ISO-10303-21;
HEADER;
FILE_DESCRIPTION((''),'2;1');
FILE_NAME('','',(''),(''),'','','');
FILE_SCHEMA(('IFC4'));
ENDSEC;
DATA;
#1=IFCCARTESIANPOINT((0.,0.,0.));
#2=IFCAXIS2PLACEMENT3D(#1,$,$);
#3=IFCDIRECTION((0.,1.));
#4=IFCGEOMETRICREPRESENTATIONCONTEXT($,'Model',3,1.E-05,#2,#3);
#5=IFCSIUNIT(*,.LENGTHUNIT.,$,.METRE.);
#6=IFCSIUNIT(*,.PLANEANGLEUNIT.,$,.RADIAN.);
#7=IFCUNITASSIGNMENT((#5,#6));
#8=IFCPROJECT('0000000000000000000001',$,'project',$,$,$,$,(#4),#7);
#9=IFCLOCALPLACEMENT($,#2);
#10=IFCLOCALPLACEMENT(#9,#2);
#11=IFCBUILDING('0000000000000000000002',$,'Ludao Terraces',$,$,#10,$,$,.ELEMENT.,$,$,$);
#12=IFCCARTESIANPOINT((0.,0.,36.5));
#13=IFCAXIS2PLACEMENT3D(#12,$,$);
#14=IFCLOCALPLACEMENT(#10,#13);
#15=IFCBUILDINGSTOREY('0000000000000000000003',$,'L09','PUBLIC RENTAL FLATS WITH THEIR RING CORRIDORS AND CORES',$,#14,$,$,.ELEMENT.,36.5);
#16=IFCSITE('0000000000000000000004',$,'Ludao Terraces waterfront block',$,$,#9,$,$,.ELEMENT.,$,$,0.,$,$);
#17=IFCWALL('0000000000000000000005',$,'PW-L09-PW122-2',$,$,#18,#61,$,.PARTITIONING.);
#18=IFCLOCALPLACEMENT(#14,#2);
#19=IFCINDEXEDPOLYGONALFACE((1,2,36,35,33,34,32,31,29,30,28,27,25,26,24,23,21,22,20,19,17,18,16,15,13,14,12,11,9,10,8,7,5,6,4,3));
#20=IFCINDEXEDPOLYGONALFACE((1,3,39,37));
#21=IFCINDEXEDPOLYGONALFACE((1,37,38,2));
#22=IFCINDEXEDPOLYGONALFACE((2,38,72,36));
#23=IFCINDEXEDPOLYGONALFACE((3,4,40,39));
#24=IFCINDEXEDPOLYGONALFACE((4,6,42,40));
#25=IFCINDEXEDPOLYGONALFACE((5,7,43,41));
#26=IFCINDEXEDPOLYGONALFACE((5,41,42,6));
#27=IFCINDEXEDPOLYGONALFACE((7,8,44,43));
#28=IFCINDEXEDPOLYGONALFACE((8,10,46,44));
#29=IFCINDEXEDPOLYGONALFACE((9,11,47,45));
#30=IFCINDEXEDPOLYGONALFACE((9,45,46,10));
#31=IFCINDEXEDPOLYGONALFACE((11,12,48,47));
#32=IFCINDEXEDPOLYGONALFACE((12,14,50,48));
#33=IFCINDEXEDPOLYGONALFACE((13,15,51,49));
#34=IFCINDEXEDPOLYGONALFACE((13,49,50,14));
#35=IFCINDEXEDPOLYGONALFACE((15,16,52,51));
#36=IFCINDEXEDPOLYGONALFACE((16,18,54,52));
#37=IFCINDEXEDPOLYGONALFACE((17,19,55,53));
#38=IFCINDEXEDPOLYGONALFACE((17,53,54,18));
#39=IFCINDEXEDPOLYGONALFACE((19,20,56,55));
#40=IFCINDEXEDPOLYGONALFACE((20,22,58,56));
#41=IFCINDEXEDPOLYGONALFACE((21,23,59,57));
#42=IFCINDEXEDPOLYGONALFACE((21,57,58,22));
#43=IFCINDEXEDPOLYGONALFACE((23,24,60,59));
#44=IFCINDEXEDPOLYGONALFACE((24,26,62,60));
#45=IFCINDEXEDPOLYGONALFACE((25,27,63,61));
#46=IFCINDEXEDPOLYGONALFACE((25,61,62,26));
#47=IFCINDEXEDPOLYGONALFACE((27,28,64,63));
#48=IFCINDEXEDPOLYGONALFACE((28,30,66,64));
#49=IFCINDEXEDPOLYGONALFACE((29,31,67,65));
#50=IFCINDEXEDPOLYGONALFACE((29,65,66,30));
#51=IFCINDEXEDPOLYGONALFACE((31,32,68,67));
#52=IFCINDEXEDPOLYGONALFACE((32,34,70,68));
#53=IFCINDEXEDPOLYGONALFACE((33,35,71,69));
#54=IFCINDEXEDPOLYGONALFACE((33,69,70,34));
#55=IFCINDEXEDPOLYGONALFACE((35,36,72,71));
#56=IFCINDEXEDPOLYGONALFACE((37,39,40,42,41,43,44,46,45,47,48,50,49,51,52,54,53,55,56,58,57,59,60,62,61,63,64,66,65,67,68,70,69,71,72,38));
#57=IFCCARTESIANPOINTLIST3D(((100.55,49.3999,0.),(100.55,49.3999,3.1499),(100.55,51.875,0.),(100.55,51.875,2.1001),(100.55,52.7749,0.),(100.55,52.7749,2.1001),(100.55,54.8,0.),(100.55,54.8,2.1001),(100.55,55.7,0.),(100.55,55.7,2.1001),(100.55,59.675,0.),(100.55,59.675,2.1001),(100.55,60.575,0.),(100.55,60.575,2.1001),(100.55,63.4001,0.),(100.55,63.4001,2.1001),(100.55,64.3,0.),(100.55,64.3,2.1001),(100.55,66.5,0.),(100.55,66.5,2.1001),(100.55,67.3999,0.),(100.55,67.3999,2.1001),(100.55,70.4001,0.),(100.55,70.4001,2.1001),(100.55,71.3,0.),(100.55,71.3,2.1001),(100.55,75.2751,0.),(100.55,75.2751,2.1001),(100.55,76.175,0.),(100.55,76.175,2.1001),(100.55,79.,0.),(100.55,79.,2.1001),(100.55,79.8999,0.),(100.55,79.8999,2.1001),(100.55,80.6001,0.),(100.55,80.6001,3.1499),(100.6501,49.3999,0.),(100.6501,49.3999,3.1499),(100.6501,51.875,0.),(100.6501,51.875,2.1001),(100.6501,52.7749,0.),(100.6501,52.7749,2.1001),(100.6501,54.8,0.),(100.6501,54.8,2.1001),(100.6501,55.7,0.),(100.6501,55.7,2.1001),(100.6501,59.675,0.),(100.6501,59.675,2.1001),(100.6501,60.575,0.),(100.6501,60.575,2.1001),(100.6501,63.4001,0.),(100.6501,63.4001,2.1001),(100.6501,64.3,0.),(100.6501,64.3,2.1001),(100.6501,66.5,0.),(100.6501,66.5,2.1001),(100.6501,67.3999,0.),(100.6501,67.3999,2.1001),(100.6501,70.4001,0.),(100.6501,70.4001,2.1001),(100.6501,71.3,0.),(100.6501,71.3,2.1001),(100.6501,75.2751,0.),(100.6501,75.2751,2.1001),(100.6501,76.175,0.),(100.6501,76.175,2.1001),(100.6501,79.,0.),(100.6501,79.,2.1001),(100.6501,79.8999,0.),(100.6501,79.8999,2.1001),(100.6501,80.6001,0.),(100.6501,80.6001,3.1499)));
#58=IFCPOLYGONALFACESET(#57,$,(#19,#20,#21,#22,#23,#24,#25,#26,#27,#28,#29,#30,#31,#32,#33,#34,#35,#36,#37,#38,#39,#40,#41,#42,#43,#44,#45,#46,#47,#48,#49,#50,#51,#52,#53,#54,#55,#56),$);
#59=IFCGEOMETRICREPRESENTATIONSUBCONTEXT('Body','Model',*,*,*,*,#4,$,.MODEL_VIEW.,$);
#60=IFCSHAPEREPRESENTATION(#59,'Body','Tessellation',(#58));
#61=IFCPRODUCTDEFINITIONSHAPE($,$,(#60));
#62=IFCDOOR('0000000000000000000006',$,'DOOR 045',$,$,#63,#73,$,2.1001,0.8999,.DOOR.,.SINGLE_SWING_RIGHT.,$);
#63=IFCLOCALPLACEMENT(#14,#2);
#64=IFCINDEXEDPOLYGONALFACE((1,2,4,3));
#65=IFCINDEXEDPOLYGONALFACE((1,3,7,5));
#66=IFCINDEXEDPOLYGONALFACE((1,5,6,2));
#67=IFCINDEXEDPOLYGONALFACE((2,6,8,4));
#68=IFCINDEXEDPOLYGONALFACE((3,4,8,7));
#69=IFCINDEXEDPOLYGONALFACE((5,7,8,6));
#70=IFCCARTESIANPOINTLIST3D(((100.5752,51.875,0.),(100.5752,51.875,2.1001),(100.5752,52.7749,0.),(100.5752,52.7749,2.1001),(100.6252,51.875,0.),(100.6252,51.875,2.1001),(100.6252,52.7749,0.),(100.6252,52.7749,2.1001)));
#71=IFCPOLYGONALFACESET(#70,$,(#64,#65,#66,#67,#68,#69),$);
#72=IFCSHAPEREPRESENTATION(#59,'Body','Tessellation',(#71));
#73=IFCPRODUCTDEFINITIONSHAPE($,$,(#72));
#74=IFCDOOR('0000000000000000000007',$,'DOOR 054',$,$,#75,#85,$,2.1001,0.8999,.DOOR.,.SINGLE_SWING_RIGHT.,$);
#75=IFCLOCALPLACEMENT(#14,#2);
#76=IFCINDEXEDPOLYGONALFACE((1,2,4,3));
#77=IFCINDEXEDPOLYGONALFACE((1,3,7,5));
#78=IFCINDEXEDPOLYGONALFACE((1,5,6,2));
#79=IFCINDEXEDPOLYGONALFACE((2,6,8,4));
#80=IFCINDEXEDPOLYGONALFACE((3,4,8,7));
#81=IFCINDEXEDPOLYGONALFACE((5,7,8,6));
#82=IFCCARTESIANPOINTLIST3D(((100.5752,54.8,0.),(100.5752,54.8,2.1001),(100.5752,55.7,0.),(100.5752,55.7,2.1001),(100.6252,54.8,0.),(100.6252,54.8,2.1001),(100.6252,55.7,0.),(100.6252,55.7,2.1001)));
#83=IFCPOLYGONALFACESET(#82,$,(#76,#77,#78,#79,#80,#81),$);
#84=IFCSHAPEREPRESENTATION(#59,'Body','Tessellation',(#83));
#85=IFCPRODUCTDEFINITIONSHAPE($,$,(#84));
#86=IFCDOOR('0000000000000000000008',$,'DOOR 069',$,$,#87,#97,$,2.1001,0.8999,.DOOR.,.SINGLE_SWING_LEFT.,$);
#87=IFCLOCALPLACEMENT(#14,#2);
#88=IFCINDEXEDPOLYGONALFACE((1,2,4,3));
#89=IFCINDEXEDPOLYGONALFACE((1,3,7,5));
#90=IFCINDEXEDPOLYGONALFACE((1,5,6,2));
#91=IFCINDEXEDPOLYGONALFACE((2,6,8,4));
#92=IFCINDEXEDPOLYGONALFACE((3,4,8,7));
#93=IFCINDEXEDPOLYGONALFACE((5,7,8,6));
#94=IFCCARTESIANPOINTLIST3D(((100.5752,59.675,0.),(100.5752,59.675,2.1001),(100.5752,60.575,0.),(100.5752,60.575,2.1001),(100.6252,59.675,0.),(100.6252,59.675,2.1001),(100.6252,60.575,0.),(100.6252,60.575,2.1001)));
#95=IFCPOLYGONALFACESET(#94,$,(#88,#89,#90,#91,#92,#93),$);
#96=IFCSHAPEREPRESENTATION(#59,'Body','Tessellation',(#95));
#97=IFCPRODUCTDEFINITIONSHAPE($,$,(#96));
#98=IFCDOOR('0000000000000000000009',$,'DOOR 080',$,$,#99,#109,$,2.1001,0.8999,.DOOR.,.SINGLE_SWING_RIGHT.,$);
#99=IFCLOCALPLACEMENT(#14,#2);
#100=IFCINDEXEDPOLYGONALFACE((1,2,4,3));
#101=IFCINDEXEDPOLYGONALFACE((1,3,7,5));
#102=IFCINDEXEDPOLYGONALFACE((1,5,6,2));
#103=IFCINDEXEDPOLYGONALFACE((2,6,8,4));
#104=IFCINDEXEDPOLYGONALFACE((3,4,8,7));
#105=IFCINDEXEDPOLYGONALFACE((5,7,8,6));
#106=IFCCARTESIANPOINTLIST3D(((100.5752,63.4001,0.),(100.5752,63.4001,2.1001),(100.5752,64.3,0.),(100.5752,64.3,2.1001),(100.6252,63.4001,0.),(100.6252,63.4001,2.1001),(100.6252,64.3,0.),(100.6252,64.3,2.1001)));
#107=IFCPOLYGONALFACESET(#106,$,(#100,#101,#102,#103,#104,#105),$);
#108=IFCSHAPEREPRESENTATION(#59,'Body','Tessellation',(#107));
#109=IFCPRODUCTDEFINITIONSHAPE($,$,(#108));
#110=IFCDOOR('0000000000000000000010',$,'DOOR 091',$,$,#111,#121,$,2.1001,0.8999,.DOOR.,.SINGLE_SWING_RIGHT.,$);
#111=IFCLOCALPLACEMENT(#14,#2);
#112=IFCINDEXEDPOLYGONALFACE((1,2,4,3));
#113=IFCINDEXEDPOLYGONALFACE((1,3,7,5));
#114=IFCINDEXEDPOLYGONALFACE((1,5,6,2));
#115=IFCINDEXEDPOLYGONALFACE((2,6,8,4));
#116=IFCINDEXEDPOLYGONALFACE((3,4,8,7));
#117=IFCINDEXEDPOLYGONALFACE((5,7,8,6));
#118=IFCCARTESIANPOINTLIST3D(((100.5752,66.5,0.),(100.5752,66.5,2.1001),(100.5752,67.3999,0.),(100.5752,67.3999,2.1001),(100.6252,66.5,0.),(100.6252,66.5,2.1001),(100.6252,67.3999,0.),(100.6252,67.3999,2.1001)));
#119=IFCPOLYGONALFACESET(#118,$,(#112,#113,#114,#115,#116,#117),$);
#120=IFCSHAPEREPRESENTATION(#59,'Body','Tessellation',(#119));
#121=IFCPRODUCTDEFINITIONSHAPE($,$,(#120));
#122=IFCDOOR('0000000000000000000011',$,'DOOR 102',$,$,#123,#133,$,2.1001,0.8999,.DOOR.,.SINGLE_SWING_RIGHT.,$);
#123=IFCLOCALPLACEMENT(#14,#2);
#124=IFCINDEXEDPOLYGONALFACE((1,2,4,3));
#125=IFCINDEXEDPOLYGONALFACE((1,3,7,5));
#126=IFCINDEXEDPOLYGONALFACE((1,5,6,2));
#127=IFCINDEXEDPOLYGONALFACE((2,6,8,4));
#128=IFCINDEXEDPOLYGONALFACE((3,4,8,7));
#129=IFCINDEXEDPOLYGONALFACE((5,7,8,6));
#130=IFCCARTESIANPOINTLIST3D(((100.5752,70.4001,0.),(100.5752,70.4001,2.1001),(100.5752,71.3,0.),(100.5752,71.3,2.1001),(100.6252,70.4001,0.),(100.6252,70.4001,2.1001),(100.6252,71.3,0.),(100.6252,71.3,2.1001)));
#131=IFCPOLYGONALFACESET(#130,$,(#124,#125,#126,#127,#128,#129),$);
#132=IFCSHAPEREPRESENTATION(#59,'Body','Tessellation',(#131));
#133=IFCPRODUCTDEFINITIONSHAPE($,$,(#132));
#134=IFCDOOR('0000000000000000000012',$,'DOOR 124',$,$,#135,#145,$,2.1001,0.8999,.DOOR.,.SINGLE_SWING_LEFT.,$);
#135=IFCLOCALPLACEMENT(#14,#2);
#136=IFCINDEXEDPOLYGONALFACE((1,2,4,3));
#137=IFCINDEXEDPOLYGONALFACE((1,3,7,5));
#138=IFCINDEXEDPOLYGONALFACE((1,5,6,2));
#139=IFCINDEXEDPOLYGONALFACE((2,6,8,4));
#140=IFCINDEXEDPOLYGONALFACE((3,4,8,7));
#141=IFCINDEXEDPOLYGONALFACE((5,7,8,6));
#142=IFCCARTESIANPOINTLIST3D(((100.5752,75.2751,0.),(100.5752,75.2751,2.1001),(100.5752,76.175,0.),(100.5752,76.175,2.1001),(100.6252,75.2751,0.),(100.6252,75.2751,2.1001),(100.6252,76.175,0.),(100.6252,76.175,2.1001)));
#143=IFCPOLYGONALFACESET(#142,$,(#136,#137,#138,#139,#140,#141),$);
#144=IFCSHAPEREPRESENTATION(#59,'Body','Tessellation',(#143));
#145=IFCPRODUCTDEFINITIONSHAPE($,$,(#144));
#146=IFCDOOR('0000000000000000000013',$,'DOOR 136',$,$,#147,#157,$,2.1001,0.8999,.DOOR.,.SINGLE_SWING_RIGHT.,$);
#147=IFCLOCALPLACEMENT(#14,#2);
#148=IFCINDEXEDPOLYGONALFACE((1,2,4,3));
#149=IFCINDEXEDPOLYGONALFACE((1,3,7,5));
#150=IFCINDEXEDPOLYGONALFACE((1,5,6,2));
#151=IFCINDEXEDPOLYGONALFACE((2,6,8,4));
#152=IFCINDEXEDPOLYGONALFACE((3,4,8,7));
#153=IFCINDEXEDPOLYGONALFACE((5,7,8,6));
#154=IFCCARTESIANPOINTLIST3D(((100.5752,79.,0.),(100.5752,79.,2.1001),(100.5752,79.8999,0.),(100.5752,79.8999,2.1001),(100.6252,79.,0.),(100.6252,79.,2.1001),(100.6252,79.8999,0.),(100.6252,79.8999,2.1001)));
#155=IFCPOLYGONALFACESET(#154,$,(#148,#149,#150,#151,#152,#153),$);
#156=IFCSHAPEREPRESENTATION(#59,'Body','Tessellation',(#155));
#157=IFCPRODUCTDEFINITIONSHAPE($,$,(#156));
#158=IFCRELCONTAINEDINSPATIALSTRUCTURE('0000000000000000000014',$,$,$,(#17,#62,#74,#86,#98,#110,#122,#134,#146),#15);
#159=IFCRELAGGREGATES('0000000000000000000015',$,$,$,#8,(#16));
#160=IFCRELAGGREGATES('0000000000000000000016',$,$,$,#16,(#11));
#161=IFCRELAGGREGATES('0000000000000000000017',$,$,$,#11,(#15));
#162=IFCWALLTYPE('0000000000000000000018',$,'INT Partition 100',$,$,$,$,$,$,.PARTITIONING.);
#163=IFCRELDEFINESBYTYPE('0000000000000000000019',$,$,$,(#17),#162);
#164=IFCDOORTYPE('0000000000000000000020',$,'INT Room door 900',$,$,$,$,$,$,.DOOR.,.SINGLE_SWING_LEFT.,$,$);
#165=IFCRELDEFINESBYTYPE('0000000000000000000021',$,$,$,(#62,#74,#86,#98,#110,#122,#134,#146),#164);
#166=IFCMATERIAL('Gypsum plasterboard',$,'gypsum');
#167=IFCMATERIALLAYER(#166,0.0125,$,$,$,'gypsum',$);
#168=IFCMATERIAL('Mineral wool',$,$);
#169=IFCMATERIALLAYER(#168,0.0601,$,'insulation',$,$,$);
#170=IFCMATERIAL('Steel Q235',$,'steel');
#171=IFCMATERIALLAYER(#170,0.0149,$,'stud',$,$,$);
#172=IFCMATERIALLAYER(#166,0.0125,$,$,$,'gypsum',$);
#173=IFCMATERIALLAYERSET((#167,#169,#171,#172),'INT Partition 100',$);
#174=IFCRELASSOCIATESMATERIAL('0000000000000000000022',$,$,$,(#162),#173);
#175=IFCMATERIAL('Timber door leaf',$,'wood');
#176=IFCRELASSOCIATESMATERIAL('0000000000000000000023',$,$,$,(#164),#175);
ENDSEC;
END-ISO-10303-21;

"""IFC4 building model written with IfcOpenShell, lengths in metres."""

from ifc_helpers import new_model, si_unit, direction, frame, frame_2d, origin, place, context, subcontext, project, spatial, rectangle, extrude, material, layer, layer_set, type_object, element, fill, save


model = new_model("IFC4")

# Units and contexts
model_context = context("Model", 3, precision=1e-05, world=origin(), true_north=direction((0.0, 1.0)))
body_context = subcontext(model_context, "Body", "Model", "MODEL_VIEW")
ifc_project = project(units=[si_unit("LENGTHUNIT", "METRE"), si_unit("PLANEANGLEUNIT", "RADIAN")], contexts=[model_context])

# Site, building, storey
site_placement = place(None, origin())
site = spatial("IfcSite", under=ifc_project, at=site_placement, Name="Ludao Terraces waterfront block", CompositionType="ELEMENT", RefElevation=0.0)
building_placement = place(site_placement, origin())
building = spatial("IfcBuilding", under=site, at=building_placement, Name="Ludao Terraces", CompositionType="ELEMENT")
storey_placement = place(building_placement, frame((0.0, 0.0, 36.5)))
storey = spatial("IfcBuildingStorey", under=building, at=storey_placement, Name="L09", Description="PUBLIC RENTAL FLATS WITH THEIR RING CORRIDORS AND CORES", CompositionType="ELEMENT", Elevation=36.5)

# Shared definitions
ifc_material_1 = material(Name="Gypsum plasterboard", Category="gypsum")
ifc_layer_1 = layer(ifc_material_1, 0.0125, Category="gypsum")
ifc_material_2 = material(Name="Mineral wool")
ifc_layer_2 = layer(ifc_material_2, 0.0601, Name="insulation")
ifc_material_3 = material(Name="Steel Q235", Category="steel")
ifc_layer_3 = layer(ifc_material_3, 0.0149, Name="stud")
ifc_layer_4 = layer(ifc_material_1, 0.0125, Category="gypsum")
ifc_layer_set = layer_set([ifc_layer_1, ifc_layer_2, ifc_layer_3, ifc_layer_4], Name="INT Partition 100")
wall_type = type_object("IfcWallType", Name="INT Partition 100", PredefinedType="PARTITIONING", material=ifc_layer_set)

# Wall, openings, doors
ifc_material_4 = material(Name="Timber door leaf", Category="wood")
door_type_1 = type_object("IfcDoorType", Name="INT Room door 900", OperationType="SINGLE_SWING_LEFT", PredefinedType="DOOR", material=ifc_material_4)
wall_1_placement = place(storey_placement, frame((100.6001, 49.3999, 0.0), z_axis=(0.0, 0.0, 1.0), x_axis=(0.0, 1.0, 0.0)))
wall_1 = element("IfcWall", 1, at=wall_1_placement, inside=storey, type_object=wall_type, Name="PW-L09-PW122-2", PredefinedType="PARTITIONING", context=body_context, shape_type="SweptSolid", body=[
    extrude(rectangle(XDim=31.2002, YDim=0.1001, at=frame_2d((15.6001, 0.0))), origin(), (0.0, 0.0, 1.0), 3.1499),
])
opening_1_placement = place(wall_1_placement, frame((2.4751, 0.0, 0.0)))
opening_1 = element("IfcOpeningElement", 2, at=opening_1_placement, cuts=wall_1, PredefinedType="OPENING", context=body_context, shape_type="SweptSolid", body=[
    extrude(rectangle(XDim=0.8999, YDim=2.1001, at=frame_2d((0.45, 1.05))), frame((0.0, 0.0601, 0.0), z_axis=(0.0, -1.0, 0.0), x_axis=(1.0, 0.0, 0.0)), (0.0, 0.0, 1.0), 0.1201),
])
opening_2_placement = place(wall_1_placement, frame((5.4001, 0.0, 0.0)))
opening_2 = element("IfcOpeningElement", 3, at=opening_2_placement, cuts=wall_1, PredefinedType="OPENING", context=body_context, shape_type="SweptSolid", body=[
    extrude(rectangle(XDim=0.8999, YDim=2.1001, at=frame_2d((0.45, 1.05))), frame((0.0, 0.0601, 0.0), z_axis=(0.0, -1.0, 0.0), x_axis=(1.0, 0.0, 0.0)), (0.0, 0.0, 1.0), 0.1201),
])
opening_3_placement = place(wall_1_placement, frame((10.2751, 0.0, 0.0)))
opening_3 = element("IfcOpeningElement", 4, at=opening_3_placement, cuts=wall_1, PredefinedType="OPENING", context=body_context, shape_type="SweptSolid", body=[
    extrude(rectangle(XDim=0.8999, YDim=2.1001, at=frame_2d((0.45, 1.05))), frame((0.0, 0.0601, 0.0), z_axis=(0.0, -1.0, 0.0), x_axis=(1.0, 0.0, 0.0)), (0.0, 0.0, 1.0), 0.1201),
])
opening_4_placement = place(wall_1_placement, frame((14.0002, 0.0, 0.0)))
opening_4 = element("IfcOpeningElement", 5, at=opening_4_placement, cuts=wall_1, PredefinedType="OPENING", context=body_context, shape_type="SweptSolid", body=[
    extrude(rectangle(XDim=0.8999, YDim=2.1001, at=frame_2d((0.45, 1.05))), frame((0.0, 0.0601, 0.0), z_axis=(0.0, -1.0, 0.0), x_axis=(1.0, 0.0, 0.0)), (0.0, 0.0, 1.0), 0.1201),
])
opening_5_placement = place(wall_1_placement, frame((17.1001, 0.0, 0.0)))
opening_5 = element("IfcOpeningElement", 6, at=opening_5_placement, cuts=wall_1, PredefinedType="OPENING", context=body_context, shape_type="SweptSolid", body=[
    extrude(rectangle(XDim=0.8999, YDim=2.1001, at=frame_2d((0.45, 1.05))), frame((0.0, 0.0601, 0.0), z_axis=(0.0, -1.0, 0.0), x_axis=(1.0, 0.0, 0.0)), (0.0, 0.0, 1.0), 0.1201),
])
opening_6_placement = place(wall_1_placement, frame((21.0002, 0.0, 0.0)))
opening_6 = element("IfcOpeningElement", 7, at=opening_6_placement, cuts=wall_1, PredefinedType="OPENING", context=body_context, shape_type="SweptSolid", body=[
    extrude(rectangle(XDim=0.8999, YDim=2.1001, at=frame_2d((0.45, 1.05))), frame((0.0, 0.0601, 0.0), z_axis=(0.0, -1.0, 0.0), x_axis=(1.0, 0.0, 0.0)), (0.0, 0.0, 1.0), 0.1201),
])
opening_7_placement = place(wall_1_placement, frame((25.8752, 0.0, 0.0)))
opening_7 = element("IfcOpeningElement", 8, at=opening_7_placement, cuts=wall_1, PredefinedType="OPENING", context=body_context, shape_type="SweptSolid", body=[
    extrude(rectangle(XDim=0.8999, YDim=2.1001, at=frame_2d((0.45, 1.05))), frame((0.0, 0.0601, 0.0), z_axis=(0.0, -1.0, 0.0), x_axis=(1.0, 0.0, 0.0)), (0.0, 0.0, 1.0), 0.1201),
])
opening_8_placement = place(wall_1_placement, frame((29.6001, 0.0, 0.0)))
opening_8 = element("IfcOpeningElement", 9, at=opening_8_placement, cuts=wall_1, PredefinedType="OPENING", context=body_context, shape_type="SweptSolid", body=[
    extrude(rectangle(XDim=0.8999, YDim=2.1001, at=frame_2d((0.45, 1.05))), frame((0.0, 0.0601, 0.0), z_axis=(0.0, -1.0, 0.0), x_axis=(1.0, 0.0, 0.0)), (0.0, 0.0, 1.0), 0.1201),
])
door_1_placement = place(opening_1_placement, origin())
door_1 = element("IfcDoor", 10, at=door_1_placement, inside=storey, type_object=door_type_1, Name="DOOR 045", OperationType="SINGLE_SWING_RIGHT", OverallHeight=2.1001, OverallWidth=0.8999, PredefinedType="DOOR", context=body_context, shape_type="SweptSolid", body=[
    extrude(rectangle(XDim=0.8999, YDim=2.1001, at=frame_2d((0.45, 1.05))), frame((0.0, 0.0249, 0.0), z_axis=(0.0, -1.0, 0.0), x_axis=(1.0, 0.0, 0.0)), (0.0, 0.0, 1.0), 0.05),
])
fill(opening_1, door_1)
door_2_placement = place(opening_2_placement, origin())
door_2 = element("IfcDoor", 11, at=door_2_placement, inside=storey, type_object=door_type_1, Name="DOOR 054", OperationType="SINGLE_SWING_RIGHT", OverallHeight=2.1001, OverallWidth=0.8999, PredefinedType="DOOR", context=body_context, shape_type="SweptSolid", body=[
    extrude(rectangle(XDim=0.8999, YDim=2.1001, at=frame_2d((0.45, 1.05))), frame((0.0, 0.0249, 0.0), z_axis=(0.0, -1.0, 0.0), x_axis=(1.0, 0.0, 0.0)), (0.0, 0.0, 1.0), 0.05),
])
fill(opening_2, door_2)
door_3_placement = place(opening_3_placement, origin())
door_3 = element("IfcDoor", 12, at=door_3_placement, inside=storey, type_object=door_type_1, Name="DOOR 069", OperationType="SINGLE_SWING_LEFT", OverallHeight=2.1001, OverallWidth=0.8999, PredefinedType="DOOR", context=body_context, shape_type="SweptSolid", body=[
    extrude(rectangle(XDim=0.8999, YDim=2.1001, at=frame_2d((0.45, 1.05))), frame((0.0, 0.0249, 0.0), z_axis=(0.0, -1.0, 0.0), x_axis=(1.0, 0.0, 0.0)), (0.0, 0.0, 1.0), 0.05),
])
fill(opening_3, door_3)
door_4_placement = place(opening_4_placement, origin())
door_4 = element("IfcDoor", 13, at=door_4_placement, inside=storey, type_object=door_type_1, Name="DOOR 080", OperationType="SINGLE_SWING_RIGHT", OverallHeight=2.1001, OverallWidth=0.8999, PredefinedType="DOOR", context=body_context, shape_type="SweptSolid", body=[
    extrude(rectangle(XDim=0.8999, YDim=2.1001, at=frame_2d((0.45, 1.05))), frame((0.0, 0.0249, 0.0), z_axis=(0.0, -1.0, 0.0), x_axis=(1.0, 0.0, 0.0)), (0.0, 0.0, 1.0), 0.05),
])
fill(opening_4, door_4)
door_5_placement = place(opening_5_placement, origin())
door_5 = element("IfcDoor", 14, at=door_5_placement, inside=storey, type_object=door_type_1, Name="DOOR 091", OperationType="SINGLE_SWING_RIGHT", OverallHeight=2.1001, OverallWidth=0.8999, PredefinedType="DOOR", context=body_context, shape_type="SweptSolid", body=[
    extrude(rectangle(XDim=0.8999, YDim=2.1001, at=frame_2d((0.45, 1.05))), frame((0.0, 0.0249, 0.0), z_axis=(0.0, -1.0, 0.0), x_axis=(1.0, 0.0, 0.0)), (0.0, 0.0, 1.0), 0.05),
])
fill(opening_5, door_5)
door_6_placement = place(opening_6_placement, origin())
door_6 = element("IfcDoor", 15, at=door_6_placement, inside=storey, type_object=door_type_1, Name="DOOR 102", OperationType="SINGLE_SWING_RIGHT", OverallHeight=2.1001, OverallWidth=0.8999, PredefinedType="DOOR", context=body_context, shape_type="SweptSolid", body=[
    extrude(rectangle(XDim=0.8999, YDim=2.1001, at=frame_2d((0.45, 1.05))), frame((0.0, 0.0249, 0.0), z_axis=(0.0, -1.0, 0.0), x_axis=(1.0, 0.0, 0.0)), (0.0, 0.0, 1.0), 0.05),
])
fill(opening_6, door_6)
door_7_placement = place(opening_7_placement, origin())
door_7 = element("IfcDoor", 16, at=door_7_placement, inside=storey, type_object=door_type_1, Name="DOOR 124", OperationType="SINGLE_SWING_LEFT", OverallHeight=2.1001, OverallWidth=0.8999, PredefinedType="DOOR", context=body_context, shape_type="SweptSolid", body=[
    extrude(rectangle(XDim=0.8999, YDim=2.1001, at=frame_2d((0.45, 1.05))), frame((0.0, 0.0249, 0.0), z_axis=(0.0, -1.0, 0.0), x_axis=(1.0, 0.0, 0.0)), (0.0, 0.0, 1.0), 0.05),
])
fill(opening_7, door_7)
door_8_placement = place(opening_8_placement, origin())
door_8 = element("IfcDoor", 17, at=door_8_placement, inside=storey, type_object=door_type_1, Name="DOOR 136", OperationType="SINGLE_SWING_RIGHT", OverallHeight=2.1001, OverallWidth=0.8999, PredefinedType="DOOR", context=body_context, shape_type="SweptSolid", body=[
    extrude(rectangle(XDim=0.8999, YDim=2.1001, at=frame_2d((0.45, 1.05))), frame((0.0, 0.0249, 0.0), z_axis=(0.0, -1.0, 0.0), x_axis=(1.0, 0.0, 0.0)), (0.0, 0.0, 1.0), 0.05),
])
fill(opening_8, door_8)

save(model, "model.ifc")
